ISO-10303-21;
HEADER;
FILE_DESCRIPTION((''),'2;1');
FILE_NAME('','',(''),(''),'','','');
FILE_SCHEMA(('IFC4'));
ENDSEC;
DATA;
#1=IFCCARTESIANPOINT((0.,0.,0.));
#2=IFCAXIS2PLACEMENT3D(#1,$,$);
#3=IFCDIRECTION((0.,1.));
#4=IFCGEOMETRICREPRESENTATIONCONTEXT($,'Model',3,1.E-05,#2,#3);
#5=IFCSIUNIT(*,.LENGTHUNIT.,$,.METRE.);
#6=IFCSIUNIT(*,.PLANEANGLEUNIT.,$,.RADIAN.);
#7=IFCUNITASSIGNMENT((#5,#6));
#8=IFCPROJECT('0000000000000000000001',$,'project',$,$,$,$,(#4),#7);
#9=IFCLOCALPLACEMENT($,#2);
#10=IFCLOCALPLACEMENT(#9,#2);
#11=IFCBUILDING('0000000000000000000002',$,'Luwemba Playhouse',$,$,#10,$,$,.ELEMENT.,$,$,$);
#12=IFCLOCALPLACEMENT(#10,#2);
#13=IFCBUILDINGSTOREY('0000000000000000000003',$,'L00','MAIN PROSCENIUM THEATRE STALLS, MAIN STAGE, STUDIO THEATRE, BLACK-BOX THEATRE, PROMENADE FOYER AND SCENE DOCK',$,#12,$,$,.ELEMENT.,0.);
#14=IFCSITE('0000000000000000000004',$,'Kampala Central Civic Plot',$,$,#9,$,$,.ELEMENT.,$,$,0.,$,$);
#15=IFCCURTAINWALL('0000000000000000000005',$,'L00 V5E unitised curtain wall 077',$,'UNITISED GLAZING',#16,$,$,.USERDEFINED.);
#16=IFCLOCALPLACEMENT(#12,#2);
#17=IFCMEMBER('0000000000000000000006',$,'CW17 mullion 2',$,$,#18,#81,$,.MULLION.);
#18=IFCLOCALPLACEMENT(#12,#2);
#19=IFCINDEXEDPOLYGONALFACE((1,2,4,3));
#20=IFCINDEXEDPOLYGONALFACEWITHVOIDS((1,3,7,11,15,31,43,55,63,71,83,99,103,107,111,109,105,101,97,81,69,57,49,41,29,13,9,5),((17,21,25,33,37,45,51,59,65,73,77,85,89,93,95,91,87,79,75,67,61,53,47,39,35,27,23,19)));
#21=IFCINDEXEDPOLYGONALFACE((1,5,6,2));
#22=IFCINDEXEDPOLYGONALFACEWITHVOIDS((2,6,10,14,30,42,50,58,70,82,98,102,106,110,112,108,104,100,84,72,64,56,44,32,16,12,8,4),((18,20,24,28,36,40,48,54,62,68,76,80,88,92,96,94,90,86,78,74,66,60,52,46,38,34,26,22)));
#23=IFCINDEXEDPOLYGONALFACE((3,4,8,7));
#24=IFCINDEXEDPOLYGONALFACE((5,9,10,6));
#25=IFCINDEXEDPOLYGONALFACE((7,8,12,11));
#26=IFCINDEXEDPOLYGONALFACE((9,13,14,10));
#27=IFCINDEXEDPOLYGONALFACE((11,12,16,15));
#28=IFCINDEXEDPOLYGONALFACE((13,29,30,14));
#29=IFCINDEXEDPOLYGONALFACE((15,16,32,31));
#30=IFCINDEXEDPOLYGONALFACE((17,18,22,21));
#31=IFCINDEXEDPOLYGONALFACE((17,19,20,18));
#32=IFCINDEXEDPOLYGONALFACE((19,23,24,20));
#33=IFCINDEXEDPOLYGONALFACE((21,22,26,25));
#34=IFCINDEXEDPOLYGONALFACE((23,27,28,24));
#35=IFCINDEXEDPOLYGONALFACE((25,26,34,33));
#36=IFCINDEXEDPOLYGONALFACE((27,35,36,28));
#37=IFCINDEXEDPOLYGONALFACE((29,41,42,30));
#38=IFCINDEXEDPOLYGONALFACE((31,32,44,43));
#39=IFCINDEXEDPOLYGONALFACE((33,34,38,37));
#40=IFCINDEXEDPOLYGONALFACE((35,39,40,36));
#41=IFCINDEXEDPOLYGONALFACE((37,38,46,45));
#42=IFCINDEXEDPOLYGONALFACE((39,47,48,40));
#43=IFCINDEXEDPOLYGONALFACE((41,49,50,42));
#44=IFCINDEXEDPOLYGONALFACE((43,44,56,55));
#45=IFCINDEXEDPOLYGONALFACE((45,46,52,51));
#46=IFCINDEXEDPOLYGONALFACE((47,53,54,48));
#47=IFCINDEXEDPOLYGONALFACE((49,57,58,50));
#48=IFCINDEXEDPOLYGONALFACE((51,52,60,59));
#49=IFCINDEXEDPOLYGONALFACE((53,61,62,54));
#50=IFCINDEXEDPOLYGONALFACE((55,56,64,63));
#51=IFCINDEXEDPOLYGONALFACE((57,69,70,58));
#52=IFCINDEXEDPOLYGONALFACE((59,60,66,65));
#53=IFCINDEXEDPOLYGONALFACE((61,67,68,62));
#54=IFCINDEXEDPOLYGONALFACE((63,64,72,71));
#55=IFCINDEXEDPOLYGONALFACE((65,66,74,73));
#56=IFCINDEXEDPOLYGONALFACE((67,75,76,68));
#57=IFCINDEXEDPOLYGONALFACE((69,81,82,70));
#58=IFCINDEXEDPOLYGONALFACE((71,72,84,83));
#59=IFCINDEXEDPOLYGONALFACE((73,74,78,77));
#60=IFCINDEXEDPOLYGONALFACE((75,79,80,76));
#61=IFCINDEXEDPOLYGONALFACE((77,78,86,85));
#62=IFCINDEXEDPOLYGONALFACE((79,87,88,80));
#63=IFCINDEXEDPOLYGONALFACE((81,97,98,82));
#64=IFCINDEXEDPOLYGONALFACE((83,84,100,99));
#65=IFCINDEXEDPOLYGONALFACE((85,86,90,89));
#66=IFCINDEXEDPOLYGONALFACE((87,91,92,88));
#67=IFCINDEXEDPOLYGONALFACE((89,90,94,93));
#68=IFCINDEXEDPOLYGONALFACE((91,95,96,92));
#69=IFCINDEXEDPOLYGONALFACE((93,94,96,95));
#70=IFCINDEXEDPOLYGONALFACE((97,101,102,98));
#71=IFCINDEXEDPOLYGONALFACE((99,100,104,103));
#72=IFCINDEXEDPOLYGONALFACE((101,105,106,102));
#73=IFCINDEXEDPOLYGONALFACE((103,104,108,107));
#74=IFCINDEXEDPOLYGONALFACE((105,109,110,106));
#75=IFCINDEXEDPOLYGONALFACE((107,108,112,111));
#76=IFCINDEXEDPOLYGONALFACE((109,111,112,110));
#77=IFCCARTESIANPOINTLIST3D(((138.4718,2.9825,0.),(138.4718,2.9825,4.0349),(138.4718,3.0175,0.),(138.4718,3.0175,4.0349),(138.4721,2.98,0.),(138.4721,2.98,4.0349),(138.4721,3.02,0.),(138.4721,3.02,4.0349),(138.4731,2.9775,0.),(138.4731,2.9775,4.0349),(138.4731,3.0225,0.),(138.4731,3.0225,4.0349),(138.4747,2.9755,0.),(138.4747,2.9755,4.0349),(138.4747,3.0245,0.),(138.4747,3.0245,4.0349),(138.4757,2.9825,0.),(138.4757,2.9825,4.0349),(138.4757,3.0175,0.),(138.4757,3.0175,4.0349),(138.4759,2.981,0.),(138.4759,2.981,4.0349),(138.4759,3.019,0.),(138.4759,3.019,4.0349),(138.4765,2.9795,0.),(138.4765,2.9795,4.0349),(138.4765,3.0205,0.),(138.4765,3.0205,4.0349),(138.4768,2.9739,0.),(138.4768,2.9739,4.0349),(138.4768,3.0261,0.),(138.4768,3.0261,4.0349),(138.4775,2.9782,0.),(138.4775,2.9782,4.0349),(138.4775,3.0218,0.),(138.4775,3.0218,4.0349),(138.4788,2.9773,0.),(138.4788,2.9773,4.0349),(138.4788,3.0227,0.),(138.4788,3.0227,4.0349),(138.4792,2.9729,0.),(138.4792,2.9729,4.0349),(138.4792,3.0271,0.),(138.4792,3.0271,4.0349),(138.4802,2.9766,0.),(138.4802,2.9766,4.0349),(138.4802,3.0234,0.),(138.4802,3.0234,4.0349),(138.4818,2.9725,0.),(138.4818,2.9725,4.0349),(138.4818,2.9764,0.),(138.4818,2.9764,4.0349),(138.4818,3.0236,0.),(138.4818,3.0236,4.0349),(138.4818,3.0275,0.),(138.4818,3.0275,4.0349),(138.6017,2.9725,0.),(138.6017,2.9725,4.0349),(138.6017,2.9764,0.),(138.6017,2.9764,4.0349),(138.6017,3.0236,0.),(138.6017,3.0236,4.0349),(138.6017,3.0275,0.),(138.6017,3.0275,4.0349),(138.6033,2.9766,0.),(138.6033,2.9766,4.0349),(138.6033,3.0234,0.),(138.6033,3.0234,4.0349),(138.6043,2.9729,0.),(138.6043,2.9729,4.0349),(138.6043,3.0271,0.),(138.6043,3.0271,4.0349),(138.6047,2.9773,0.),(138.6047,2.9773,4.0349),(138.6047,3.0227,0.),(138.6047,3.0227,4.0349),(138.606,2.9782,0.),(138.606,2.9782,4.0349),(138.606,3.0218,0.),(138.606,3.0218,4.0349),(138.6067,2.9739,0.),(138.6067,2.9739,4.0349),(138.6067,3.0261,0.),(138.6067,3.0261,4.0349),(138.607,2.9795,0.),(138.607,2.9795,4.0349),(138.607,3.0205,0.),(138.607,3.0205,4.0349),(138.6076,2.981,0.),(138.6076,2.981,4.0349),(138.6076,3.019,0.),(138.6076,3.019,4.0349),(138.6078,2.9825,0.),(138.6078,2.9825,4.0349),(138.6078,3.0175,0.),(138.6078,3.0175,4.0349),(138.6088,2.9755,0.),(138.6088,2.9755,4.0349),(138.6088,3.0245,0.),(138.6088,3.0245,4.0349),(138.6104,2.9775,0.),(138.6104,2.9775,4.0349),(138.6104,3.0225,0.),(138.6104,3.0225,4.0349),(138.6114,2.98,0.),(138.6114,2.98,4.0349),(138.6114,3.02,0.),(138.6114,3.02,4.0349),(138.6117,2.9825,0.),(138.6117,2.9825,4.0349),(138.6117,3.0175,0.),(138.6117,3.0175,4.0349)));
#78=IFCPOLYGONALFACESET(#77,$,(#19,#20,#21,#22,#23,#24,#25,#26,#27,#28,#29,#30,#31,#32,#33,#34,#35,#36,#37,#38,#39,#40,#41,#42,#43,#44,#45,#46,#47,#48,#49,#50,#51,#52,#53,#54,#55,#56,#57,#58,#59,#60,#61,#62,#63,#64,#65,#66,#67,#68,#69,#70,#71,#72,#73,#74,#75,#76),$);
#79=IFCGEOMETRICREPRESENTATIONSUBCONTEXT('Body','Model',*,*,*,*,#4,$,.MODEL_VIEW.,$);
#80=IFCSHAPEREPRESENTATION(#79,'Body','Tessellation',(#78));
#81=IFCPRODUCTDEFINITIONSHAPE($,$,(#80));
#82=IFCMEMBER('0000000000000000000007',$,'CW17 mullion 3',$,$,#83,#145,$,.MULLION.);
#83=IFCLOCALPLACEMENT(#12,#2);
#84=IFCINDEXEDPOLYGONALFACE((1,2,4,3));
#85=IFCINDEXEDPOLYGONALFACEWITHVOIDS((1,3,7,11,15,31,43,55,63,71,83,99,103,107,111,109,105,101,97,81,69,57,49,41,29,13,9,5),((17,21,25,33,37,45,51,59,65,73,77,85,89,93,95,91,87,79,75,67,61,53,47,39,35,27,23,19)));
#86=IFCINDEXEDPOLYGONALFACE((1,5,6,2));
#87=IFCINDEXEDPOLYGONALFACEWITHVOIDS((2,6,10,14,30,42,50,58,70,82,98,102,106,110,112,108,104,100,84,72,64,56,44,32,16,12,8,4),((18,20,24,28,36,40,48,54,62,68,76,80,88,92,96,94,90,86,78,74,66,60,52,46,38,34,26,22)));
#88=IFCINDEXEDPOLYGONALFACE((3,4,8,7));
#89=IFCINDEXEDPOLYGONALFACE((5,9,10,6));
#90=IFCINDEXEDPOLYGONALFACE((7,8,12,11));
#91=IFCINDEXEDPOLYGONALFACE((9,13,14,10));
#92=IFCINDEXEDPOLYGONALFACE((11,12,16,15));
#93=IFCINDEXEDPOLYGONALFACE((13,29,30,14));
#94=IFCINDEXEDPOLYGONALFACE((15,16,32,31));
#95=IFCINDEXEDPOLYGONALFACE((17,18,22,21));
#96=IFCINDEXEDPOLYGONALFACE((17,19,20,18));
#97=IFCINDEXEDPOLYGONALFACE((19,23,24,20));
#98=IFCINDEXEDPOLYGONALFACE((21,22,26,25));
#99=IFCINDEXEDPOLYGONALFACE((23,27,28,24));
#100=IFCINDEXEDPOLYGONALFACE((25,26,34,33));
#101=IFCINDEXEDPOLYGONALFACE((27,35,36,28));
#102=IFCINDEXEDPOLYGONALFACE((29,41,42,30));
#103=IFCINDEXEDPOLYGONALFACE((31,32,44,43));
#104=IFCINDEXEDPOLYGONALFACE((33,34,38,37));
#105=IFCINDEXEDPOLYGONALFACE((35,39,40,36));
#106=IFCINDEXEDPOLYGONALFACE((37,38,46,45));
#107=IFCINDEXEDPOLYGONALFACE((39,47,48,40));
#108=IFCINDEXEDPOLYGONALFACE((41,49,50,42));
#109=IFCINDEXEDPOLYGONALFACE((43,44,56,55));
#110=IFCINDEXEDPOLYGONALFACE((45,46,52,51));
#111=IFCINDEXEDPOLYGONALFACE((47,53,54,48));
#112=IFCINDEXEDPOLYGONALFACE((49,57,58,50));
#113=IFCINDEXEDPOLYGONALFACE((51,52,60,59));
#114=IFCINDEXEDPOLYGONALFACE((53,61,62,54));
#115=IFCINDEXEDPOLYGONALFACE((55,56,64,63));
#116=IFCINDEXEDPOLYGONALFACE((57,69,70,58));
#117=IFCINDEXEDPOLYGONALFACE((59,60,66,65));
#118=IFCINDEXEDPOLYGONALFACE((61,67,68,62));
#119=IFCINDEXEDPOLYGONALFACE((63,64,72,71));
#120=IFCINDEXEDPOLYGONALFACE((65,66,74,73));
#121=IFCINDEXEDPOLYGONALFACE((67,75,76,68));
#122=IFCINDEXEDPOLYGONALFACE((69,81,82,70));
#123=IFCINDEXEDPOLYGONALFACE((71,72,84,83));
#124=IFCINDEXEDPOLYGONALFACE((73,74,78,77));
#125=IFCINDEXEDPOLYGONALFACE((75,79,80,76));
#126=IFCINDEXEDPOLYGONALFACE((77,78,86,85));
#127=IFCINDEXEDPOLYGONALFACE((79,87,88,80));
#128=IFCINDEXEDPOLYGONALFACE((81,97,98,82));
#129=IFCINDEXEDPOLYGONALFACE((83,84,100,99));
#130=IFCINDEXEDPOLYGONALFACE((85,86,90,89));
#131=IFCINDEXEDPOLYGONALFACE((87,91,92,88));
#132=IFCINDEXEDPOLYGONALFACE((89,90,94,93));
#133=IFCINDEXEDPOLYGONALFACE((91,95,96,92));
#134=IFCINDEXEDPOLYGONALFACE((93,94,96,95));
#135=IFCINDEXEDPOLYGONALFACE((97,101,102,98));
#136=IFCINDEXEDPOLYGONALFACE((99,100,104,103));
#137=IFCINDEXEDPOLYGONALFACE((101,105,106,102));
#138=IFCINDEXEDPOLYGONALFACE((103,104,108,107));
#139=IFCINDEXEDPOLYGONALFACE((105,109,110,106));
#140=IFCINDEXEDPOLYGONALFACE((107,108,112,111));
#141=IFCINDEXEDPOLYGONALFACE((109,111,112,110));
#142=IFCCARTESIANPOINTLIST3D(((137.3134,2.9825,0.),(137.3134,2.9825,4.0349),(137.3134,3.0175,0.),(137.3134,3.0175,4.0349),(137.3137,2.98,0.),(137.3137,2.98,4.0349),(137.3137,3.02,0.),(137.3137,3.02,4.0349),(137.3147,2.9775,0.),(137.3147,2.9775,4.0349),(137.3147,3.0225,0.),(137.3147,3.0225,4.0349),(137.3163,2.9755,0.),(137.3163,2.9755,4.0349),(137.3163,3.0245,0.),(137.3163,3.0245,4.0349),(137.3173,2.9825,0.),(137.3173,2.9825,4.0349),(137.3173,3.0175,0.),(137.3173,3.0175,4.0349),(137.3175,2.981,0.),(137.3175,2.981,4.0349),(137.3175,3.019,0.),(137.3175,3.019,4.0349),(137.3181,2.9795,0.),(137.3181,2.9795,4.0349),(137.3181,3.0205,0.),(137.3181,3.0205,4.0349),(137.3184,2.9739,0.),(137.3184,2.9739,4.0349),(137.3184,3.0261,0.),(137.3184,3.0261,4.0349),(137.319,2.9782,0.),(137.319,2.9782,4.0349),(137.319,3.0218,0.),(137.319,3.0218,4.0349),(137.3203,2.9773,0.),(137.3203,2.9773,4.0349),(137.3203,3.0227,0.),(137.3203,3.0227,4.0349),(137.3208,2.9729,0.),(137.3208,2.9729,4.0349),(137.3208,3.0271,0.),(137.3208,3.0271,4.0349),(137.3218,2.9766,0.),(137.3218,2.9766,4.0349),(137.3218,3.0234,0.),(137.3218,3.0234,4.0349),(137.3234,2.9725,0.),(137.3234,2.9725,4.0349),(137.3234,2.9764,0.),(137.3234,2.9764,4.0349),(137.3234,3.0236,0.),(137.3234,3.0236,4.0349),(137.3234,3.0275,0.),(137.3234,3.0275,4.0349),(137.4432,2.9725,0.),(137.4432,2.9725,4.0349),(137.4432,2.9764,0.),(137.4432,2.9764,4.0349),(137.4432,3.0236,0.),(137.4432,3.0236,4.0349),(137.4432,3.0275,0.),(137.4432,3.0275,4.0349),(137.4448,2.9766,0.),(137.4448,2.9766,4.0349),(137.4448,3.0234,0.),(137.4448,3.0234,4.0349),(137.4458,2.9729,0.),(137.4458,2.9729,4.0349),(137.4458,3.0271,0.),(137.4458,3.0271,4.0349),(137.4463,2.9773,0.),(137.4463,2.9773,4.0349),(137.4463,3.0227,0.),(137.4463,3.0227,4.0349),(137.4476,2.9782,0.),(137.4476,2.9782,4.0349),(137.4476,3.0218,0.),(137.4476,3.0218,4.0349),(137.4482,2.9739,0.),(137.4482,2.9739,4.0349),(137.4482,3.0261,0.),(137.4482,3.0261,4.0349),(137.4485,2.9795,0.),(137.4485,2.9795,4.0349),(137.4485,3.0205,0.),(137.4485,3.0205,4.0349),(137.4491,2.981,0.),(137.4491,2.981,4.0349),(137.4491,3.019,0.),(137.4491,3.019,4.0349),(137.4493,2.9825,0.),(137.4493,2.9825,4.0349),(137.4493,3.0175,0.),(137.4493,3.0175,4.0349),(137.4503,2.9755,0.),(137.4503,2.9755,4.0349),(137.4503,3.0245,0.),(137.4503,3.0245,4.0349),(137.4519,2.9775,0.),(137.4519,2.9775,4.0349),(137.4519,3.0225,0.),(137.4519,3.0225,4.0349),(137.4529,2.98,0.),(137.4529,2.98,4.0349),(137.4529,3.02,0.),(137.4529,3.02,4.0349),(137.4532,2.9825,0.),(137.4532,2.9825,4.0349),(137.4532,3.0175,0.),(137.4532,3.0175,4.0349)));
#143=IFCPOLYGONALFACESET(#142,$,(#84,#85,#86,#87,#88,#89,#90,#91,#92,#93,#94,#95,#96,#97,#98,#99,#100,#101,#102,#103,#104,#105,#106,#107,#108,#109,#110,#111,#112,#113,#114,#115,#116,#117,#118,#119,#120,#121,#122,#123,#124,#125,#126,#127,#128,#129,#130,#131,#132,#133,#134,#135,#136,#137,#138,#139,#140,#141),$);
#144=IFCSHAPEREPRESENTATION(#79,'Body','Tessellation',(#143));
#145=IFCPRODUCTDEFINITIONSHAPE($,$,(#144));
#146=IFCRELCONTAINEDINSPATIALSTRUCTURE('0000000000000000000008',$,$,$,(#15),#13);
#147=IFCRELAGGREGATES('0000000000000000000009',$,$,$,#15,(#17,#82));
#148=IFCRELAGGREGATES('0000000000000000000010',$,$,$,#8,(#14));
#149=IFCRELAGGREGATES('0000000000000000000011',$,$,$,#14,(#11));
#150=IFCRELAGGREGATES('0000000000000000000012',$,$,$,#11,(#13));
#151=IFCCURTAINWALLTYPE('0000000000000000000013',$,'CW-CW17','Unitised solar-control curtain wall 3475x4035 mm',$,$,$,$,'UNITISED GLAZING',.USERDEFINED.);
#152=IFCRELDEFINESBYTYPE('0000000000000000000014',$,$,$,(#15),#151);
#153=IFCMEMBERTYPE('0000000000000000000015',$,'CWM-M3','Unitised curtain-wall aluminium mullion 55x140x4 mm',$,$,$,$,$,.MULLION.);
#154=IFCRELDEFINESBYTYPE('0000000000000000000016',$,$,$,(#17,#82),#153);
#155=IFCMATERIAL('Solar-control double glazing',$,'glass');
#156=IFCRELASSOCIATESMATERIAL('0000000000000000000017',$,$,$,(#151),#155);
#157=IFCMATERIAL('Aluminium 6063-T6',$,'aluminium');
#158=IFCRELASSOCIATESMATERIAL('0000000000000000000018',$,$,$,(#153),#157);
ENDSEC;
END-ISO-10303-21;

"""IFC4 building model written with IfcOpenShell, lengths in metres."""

from ifc_helpers import new_model, si_unit, direction, frame, origin, origin_2d, place, context, subcontext, project, spatial, hollow_rectangle, extrude, material, material_profile, profile_set, type_object, element, aggregate, save


model = new_model("IFC4")

# Units and contexts
model_context = context("Model", 3, precision=1e-05, world=origin(), true_north=direction((0.0, 1.0)))
body_context = subcontext(model_context, "Body", "Model", "MODEL_VIEW")
ifc_project = project(units=[si_unit("LENGTHUNIT", "METRE"), si_unit("PLANEANGLEUNIT", "RADIAN")], contexts=[model_context])

# Site, building, storey
site_placement = place(None, origin())
site = spatial("IfcSite", under=ifc_project, at=site_placement, Name="Kampala Central Civic Plot", CompositionType="ELEMENT", RefElevation=0.0)
building_placement = place(site_placement, origin())
building = spatial("IfcBuilding", under=site, at=building_placement, Name="Luwemba Playhouse", CompositionType="ELEMENT")
storey_placement = place(building_placement, origin())
storey = spatial("IfcBuildingStorey", under=building, at=storey_placement, Name="L00", Description="MAIN PROSCENIUM THEATRE STALLS, MAIN STAGE, STUDIO THEATRE, BLACK-BOX THEATRE, PROMENADE FOYER AND SCENE DOCK", CompositionType="ELEMENT", Elevation=0.0)

# Shared definitions
ifc_material_1 = material(Name="Solar-control double glazing", Category="glass")
ifc_material_2 = material(Name="Aluminium 6063-T6", Category="aluminium")

# Curtain wall, members
curtain_wall_type_1 = type_object("IfcCurtainWallType", Name="CW-CW17", Description="Unitised solar-control curtain wall 3475x4035 mm", ElementType="UNITISED GLAZING", PredefinedType="USERDEFINED", material=ifc_material_1)
curtain_wall_1_placement = place(storey_placement, origin())
curtain_wall_1 = element("IfcCurtainWall", 1, at=curtain_wall_1_placement, inside=storey, type_object=curtain_wall_type_1, Name="L00 V5E unitised curtain wall 077", ObjectType="UNITISED GLAZING", PredefinedType="USERDEFINED")
ifc_material_profile_1 = material_profile(ifc_material_2, hollow_rectangle(XDim=0.0549, YDim=0.1399, WallThickness=0.0039, InnerFilletRadius=0.0061, OuterFilletRadius=0.01, at=origin_2d()))
ifc_profile_set_1 = profile_set([ifc_material_profile_1], Name="Aluminium 6063-T6")
member_type_1 = type_object("IfcMemberType", Name="CWM-M3", Description="Unitised curtain-wall aluminium mullion 55x140x4 mm", PredefinedType="MULLION", material=ifc_profile_set_1)
member_1_placement = place(storey_placement, frame((138.5417, 3.0, 0.0), z_axis=(0.0, 0.0, 1.0), x_axis=(0.0, -1.0, 0.0)))
member_1 = element("IfcMember", 2, at=member_1_placement, type_object=member_type_1, Name="CW17 mullion 2", PredefinedType="MULLION", context=body_context, shape_type="SweptSolid", body=[
    extrude(hollow_rectangle(XDim=0.0549, YDim=0.1399, WallThickness=0.0039, InnerFilletRadius=0.0061, OuterFilletRadius=0.01, at=origin_2d()), origin(), (0.0, 0.0, 1.0), 4.0349),
])
member_2_placement = place(storey_placement, frame((137.3833, 3.0, 0.0), z_axis=(0.0, 0.0, 1.0), x_axis=(0.0, -1.0, 0.0)))
member_2 = element("IfcMember", 3, at=member_2_placement, type_object=member_type_1, Name="CW17 mullion 3", PredefinedType="MULLION", context=body_context, shape_type="SweptSolid", body=[
    extrude(hollow_rectangle(XDim=0.0549, YDim=0.1399, WallThickness=0.0039, InnerFilletRadius=0.0061, OuterFilletRadius=0.01, at=origin_2d()), origin(), (0.0, 0.0, 1.0), 4.0349),
])

aggregate(curtain_wall_1, [member_1, member_2])

save(model, "model.ifc")
